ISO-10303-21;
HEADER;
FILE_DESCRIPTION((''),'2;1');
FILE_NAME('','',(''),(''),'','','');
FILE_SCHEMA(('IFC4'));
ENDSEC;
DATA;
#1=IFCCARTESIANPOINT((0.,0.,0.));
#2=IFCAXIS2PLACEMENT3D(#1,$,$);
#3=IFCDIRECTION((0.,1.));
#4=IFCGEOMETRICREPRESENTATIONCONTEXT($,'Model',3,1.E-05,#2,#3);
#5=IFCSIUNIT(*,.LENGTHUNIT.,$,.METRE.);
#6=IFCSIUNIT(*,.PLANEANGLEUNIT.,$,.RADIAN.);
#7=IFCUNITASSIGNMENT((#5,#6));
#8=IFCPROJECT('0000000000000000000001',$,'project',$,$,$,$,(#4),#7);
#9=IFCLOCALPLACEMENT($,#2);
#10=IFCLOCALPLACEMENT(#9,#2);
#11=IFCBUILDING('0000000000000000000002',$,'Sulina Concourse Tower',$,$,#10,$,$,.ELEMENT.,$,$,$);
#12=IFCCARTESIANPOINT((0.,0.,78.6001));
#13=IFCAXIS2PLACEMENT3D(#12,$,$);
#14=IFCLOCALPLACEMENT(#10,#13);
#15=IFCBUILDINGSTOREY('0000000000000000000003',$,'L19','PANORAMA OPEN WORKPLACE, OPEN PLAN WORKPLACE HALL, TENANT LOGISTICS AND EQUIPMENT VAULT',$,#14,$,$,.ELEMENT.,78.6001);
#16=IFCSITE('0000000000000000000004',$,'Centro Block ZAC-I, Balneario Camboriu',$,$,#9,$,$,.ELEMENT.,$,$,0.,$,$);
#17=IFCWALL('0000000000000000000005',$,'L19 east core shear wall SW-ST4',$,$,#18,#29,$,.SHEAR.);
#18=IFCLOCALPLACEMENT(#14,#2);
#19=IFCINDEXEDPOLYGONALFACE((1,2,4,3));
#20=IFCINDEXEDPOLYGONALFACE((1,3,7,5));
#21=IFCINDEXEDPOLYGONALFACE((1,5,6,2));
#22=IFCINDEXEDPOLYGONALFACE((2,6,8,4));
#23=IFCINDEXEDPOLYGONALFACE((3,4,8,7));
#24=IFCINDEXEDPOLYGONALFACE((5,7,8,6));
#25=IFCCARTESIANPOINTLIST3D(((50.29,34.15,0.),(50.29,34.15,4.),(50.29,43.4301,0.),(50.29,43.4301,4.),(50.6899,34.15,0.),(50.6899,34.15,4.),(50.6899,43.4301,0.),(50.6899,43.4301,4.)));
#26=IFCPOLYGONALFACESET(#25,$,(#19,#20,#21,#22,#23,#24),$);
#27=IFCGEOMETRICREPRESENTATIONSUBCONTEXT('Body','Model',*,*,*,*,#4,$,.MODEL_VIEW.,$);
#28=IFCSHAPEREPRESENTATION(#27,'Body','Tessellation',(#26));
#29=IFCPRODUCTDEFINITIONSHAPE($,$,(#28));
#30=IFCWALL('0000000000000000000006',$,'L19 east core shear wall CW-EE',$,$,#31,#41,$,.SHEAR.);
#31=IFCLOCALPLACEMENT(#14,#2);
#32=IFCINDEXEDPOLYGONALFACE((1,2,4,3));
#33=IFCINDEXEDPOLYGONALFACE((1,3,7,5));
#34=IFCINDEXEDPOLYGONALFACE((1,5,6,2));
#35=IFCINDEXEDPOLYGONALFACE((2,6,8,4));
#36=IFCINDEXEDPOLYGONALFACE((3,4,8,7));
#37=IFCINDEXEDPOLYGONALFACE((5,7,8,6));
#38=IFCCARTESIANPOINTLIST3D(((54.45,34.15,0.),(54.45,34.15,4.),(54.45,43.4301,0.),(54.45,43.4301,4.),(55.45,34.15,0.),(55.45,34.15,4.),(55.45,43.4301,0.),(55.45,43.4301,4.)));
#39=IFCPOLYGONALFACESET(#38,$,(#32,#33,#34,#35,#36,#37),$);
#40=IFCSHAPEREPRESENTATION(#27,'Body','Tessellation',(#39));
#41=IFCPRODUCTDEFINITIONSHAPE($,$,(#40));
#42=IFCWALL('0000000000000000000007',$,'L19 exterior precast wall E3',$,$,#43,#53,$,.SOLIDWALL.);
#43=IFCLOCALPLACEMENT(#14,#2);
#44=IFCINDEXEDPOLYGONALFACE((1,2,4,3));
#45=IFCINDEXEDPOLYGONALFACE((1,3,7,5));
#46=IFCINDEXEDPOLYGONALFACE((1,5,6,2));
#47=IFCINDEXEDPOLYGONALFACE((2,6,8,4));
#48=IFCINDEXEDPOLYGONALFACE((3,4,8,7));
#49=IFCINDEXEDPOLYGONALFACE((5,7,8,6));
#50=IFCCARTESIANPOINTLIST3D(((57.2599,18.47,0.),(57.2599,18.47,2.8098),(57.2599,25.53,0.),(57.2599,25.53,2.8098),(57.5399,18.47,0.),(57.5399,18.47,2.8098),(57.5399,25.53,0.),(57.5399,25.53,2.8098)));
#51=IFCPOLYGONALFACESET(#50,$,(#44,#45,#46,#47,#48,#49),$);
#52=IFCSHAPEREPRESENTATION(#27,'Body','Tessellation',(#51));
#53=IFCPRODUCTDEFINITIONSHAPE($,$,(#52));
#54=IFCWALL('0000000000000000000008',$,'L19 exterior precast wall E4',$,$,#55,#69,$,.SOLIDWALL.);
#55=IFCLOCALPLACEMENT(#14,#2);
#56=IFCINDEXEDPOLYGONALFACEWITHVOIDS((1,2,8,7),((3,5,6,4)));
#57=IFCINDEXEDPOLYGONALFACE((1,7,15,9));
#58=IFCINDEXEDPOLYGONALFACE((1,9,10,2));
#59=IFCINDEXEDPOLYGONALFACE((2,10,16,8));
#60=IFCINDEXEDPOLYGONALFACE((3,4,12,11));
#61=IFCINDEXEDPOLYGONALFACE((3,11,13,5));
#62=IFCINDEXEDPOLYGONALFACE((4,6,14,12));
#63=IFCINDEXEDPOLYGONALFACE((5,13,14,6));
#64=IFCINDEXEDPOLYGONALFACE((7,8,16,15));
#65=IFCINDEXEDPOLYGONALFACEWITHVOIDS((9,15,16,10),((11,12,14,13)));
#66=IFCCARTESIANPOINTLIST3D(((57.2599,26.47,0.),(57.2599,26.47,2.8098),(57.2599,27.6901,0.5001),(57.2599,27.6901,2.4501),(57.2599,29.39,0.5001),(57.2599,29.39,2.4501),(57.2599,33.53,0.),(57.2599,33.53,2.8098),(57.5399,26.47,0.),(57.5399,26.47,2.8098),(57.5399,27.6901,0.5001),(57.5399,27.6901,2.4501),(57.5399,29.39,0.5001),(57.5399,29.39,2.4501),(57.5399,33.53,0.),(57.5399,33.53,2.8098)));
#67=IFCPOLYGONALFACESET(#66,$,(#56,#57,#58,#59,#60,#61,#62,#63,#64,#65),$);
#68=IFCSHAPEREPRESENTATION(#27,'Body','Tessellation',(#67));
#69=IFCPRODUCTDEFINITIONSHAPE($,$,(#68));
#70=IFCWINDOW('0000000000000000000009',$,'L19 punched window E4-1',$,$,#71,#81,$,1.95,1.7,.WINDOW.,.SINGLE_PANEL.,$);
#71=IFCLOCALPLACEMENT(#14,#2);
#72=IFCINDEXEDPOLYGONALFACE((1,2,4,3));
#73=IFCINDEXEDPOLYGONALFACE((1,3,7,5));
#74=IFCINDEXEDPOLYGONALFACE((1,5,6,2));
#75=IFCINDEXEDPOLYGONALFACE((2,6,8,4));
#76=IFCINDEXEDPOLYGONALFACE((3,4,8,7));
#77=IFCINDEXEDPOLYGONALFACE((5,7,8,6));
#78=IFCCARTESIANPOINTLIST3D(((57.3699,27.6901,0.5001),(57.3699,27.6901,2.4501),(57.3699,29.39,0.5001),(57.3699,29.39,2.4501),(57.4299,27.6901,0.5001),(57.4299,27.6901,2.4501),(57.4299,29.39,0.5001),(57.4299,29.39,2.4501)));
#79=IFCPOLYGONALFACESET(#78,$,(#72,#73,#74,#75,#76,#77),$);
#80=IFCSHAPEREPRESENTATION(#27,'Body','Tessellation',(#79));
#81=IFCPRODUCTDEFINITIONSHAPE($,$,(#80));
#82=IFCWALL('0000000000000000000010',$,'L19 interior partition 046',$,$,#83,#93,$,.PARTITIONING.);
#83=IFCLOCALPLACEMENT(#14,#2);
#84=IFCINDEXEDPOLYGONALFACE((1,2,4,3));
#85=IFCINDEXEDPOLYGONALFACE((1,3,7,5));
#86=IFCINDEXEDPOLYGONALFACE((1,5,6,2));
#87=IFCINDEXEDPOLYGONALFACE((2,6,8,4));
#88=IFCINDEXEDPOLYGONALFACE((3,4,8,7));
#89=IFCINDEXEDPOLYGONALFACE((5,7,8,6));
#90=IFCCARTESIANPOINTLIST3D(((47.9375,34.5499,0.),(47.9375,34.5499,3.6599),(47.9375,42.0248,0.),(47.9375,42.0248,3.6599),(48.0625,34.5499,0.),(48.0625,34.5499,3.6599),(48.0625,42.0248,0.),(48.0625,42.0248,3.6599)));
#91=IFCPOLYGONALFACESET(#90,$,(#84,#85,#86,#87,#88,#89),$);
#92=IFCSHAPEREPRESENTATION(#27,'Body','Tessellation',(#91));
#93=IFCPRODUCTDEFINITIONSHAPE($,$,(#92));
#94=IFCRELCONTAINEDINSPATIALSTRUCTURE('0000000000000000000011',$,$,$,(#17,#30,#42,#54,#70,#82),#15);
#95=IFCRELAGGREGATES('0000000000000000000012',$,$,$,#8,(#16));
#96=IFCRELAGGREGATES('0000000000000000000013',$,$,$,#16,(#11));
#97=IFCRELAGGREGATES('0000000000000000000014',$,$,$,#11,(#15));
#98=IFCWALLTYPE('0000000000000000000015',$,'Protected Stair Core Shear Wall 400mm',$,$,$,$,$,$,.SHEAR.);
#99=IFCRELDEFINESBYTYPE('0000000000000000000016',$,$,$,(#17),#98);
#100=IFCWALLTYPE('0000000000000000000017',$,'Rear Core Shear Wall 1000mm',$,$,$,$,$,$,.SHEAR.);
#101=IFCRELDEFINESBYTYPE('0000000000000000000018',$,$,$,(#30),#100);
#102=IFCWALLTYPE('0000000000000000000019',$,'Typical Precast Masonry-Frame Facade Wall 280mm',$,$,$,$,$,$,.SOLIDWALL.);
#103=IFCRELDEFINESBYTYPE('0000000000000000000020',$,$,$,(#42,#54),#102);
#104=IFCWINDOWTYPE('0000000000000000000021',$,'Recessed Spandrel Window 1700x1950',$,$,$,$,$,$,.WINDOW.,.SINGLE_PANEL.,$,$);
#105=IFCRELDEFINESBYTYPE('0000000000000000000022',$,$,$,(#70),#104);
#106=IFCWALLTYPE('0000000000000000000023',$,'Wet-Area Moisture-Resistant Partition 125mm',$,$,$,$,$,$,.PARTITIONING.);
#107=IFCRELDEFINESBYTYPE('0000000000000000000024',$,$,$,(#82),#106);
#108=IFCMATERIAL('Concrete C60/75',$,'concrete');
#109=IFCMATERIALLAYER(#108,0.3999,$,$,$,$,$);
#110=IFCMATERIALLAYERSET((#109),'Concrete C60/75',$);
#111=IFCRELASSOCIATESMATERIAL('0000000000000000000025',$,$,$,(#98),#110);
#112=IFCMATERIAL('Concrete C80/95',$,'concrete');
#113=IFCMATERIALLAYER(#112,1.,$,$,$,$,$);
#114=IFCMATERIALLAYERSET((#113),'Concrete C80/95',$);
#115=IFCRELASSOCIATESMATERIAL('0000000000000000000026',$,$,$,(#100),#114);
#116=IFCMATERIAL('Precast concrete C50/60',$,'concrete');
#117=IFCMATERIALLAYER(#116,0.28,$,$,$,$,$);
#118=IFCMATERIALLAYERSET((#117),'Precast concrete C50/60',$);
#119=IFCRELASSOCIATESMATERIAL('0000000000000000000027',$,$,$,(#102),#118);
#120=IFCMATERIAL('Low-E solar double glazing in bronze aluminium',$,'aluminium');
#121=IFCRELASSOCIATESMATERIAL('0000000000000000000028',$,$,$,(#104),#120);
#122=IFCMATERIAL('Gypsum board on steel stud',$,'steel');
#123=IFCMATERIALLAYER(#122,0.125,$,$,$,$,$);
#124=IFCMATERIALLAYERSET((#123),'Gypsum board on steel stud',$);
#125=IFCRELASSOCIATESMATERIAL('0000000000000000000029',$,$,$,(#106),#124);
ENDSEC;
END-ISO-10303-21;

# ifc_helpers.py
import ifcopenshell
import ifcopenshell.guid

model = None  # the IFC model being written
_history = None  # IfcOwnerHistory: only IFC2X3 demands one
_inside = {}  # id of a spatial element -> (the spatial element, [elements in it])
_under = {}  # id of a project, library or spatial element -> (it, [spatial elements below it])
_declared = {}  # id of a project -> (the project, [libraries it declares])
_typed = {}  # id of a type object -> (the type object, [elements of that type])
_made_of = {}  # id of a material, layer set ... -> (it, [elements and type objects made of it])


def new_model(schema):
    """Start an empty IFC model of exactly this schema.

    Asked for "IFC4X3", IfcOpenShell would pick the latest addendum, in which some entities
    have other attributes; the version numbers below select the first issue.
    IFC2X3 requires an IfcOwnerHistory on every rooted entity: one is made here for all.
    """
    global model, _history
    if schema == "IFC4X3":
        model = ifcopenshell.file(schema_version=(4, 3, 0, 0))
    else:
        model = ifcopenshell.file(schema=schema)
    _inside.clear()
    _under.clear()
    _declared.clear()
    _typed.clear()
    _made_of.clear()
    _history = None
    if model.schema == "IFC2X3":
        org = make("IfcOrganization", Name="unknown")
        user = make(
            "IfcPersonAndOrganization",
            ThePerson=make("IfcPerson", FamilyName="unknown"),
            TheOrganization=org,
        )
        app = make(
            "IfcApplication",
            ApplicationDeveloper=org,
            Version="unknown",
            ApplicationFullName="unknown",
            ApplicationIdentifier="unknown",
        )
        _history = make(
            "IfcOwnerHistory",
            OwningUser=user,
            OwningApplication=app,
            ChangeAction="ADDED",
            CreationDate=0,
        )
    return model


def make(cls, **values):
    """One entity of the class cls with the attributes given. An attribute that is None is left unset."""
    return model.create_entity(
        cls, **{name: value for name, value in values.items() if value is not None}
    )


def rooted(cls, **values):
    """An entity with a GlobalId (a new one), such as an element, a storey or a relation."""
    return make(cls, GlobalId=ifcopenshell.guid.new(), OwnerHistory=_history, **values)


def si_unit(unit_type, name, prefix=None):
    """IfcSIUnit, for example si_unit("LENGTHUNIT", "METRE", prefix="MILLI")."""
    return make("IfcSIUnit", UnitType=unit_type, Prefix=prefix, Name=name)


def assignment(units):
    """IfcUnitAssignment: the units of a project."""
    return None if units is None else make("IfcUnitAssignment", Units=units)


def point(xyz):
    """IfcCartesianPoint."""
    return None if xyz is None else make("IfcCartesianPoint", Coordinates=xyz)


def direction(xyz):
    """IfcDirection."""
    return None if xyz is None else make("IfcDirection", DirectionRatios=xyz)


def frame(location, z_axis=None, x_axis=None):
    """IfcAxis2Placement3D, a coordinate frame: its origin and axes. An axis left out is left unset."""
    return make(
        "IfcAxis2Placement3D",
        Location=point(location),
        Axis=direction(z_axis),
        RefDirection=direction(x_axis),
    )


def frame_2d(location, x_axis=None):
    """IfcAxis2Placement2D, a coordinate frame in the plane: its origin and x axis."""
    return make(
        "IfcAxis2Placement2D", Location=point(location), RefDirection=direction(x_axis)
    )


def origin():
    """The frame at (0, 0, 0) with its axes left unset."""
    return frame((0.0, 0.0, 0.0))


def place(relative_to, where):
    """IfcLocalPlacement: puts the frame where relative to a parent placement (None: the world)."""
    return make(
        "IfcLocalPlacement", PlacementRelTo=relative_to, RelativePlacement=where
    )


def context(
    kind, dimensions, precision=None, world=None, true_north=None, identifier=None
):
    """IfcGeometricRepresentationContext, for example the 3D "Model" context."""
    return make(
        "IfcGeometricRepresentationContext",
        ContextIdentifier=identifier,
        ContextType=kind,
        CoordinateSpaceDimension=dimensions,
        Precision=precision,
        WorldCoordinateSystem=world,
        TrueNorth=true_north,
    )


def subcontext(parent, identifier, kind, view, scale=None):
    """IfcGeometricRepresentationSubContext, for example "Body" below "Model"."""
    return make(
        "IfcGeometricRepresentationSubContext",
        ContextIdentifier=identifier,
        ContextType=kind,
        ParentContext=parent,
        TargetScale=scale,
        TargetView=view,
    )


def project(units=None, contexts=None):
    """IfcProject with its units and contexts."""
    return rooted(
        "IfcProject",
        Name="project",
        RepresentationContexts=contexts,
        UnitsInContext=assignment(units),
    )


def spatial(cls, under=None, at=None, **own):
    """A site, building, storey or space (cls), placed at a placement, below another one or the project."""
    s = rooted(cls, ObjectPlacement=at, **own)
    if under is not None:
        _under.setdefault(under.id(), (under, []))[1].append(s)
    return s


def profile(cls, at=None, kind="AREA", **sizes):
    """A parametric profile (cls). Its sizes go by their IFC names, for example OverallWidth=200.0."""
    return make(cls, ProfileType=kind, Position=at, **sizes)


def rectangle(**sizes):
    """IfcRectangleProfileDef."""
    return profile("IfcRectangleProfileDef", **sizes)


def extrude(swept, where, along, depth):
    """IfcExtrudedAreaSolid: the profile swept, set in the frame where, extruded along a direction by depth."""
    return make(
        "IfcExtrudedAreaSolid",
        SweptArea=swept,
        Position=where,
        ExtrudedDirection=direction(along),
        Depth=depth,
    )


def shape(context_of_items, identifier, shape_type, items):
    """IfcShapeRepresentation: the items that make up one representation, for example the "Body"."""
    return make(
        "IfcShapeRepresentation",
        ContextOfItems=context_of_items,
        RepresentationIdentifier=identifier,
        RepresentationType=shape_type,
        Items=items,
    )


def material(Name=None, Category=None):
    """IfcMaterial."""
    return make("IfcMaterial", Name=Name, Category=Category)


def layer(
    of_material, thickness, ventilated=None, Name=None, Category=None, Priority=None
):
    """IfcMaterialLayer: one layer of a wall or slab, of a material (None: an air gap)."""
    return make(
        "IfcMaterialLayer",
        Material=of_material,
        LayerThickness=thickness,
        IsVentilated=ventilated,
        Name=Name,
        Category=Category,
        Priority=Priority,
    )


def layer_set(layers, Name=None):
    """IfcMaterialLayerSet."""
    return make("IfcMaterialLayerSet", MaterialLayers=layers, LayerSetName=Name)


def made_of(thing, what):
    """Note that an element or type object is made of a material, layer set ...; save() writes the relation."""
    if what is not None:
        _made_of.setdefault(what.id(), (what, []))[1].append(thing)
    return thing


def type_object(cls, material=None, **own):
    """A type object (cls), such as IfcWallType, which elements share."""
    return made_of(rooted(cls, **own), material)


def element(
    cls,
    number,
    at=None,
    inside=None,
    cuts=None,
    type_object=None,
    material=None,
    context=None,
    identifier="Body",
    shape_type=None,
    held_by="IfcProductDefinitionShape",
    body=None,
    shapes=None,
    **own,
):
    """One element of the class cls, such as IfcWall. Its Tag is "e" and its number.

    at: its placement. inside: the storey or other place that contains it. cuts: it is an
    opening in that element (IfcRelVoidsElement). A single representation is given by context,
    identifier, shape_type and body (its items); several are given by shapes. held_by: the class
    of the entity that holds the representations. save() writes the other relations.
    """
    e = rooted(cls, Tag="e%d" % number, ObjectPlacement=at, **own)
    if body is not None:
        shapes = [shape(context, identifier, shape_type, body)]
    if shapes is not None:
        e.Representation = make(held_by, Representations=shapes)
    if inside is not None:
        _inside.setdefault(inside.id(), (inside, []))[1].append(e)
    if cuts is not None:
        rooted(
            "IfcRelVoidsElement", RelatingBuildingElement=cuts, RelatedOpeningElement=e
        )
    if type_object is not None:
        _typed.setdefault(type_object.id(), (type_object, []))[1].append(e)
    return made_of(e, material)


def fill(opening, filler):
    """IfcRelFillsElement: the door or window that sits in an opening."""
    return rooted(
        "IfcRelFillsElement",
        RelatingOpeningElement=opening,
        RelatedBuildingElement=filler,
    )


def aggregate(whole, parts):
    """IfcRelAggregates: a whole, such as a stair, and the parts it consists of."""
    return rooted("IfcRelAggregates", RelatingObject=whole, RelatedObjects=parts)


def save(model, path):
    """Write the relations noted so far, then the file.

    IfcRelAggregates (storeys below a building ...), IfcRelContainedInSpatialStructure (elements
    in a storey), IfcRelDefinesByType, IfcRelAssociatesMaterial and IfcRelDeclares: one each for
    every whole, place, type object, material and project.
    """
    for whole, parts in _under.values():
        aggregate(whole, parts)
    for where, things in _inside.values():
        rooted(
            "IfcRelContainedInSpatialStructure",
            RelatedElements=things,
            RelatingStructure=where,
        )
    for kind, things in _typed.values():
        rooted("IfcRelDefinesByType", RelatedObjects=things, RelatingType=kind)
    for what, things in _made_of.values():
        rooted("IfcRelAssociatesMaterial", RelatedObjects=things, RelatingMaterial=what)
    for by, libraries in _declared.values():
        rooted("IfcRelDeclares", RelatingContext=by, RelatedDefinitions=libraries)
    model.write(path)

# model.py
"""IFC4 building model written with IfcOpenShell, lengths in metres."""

from ifc_helpers import new_model, si_unit, direction, frame, frame_2d, origin, place, context, subcontext, project, spatial, rectangle, extrude, material, layer, layer_set, type_object, element, fill, save


model = new_model("IFC4")

# Units and contexts
model_context = context("Model", 3, precision=1e-05, world=origin(), true_north=direction((0.0, 1.0)))
body_context = subcontext(model_context, "Body", "Model", "MODEL_VIEW")
ifc_project = project(units=[si_unit("LENGTHUNIT", "METRE"), si_unit("PLANEANGLEUNIT", "RADIAN")], contexts=[model_context])

# Site, building, storey
site_placement = place(None, origin())
site = spatial("IfcSite", under=ifc_project, at=site_placement, Name="Centro Block ZAC-I, Balneario Camboriu", CompositionType="ELEMENT", RefElevation=0.0)
building_placement = place(site_placement, origin())
building = spatial("IfcBuilding", under=site, at=building_placement, Name="Sulina Concourse Tower", CompositionType="ELEMENT")
storey_placement = place(building_placement, frame((0.0, 0.0, 78.6001)))
storey = spatial("IfcBuildingStorey", under=building, at=storey_placement, Name="L19", Description="PANORAMA OPEN WORKPLACE, OPEN PLAN WORKPLACE HALL, TENANT LOGISTICS AND EQUIPMENT VAULT", CompositionType="ELEMENT", Elevation=78.6001)

# Shared definitions
ifc_material_1 = material(Name="Concrete C60/75", Category="concrete")
ifc_layer_1 = layer(ifc_material_1, 0.3999)
ifc_layer_set_1 = layer_set([ifc_layer_1], Name="Concrete C60/75")
wall_type_1 = type_object("IfcWallType", Name="Protected Stair Core Shear Wall 400mm", PredefinedType="SHEAR", material=ifc_layer_set_1)

# Walls
wall_1_placement = place(storey_placement, frame((50.49, 34.1499, 0.0), z_axis=(0.0, 0.0, 1.0), x_axis=(0.0, 1.0, 0.0)))
element("IfcWall", 1, at=wall_1_placement, inside=storey, type_object=wall_type_1, Name="L19 east core shear wall SW-ST4", PredefinedType="SHEAR", context=body_context, shape_type="SweptSolid", body=[
    extrude(rectangle(XDim=9.28, YDim=0.3999, at=frame_2d((4.6401, 0.0))), origin(), (0.0, 0.0, 1.0), 4.0),
])
ifc_material_2 = material(Name="Concrete C80/95", Category="concrete")
ifc_layer_2 = layer(ifc_material_2, 1.0)
ifc_layer_set_2 = layer_set([ifc_layer_2], Name="Concrete C80/95")
wall_type_2 = type_object("IfcWallType", Name="Rear Core Shear Wall 1000mm", PredefinedType="SHEAR", material=ifc_layer_set_2)
wall_2_placement = place(storey_placement, frame((54.95, 34.1499, 0.0), z_axis=(0.0, 0.0, 1.0), x_axis=(0.0, 1.0, 0.0)))
element("IfcWall", 2, at=wall_2_placement, inside=storey, type_object=wall_type_2, Name="L19 east core shear wall CW-EE", PredefinedType="SHEAR", context=body_context, shape_type="SweptSolid", body=[
    extrude(rectangle(XDim=9.28, YDim=1.0, at=frame_2d((4.6401, 0.0))), origin(), (0.0, 0.0, 1.0), 4.0),
])
ifc_material_3 = material(Name="Precast concrete C50/60", Category="concrete")
ifc_layer_3 = layer(ifc_material_3, 0.28)
ifc_layer_set_3 = layer_set([ifc_layer_3], Name="Precast concrete C50/60")
wall_type_3 = type_object("IfcWallType", Name="Typical Precast Masonry-Frame Facade Wall 280mm", PredefinedType="SOLIDWALL", material=ifc_layer_set_3)
wall_3_placement = place(storey_placement, frame((57.3999, 25.53, 0.0), z_axis=(0.0, 0.0, 1.0), x_axis=(0.0, -1.0, 0.0)))
element("IfcWall", 3, at=wall_3_placement, inside=storey, type_object=wall_type_3, Name="L19 exterior precast wall E3", PredefinedType="SOLIDWALL", context=body_context, shape_type="SweptSolid", body=[
    extrude(rectangle(XDim=7.0601, YDim=0.28, at=frame_2d((3.53, 0.0))), origin(), (0.0, 0.0, 1.0), 2.8098),
])

# Wall, opening, window
wall_4_placement = place(storey_placement, frame((57.3999, 33.53, 0.0), z_axis=(0.0, 0.0, 1.0), x_axis=(0.0, -1.0, 0.0)))
wall_4 = element("IfcWall", 4, at=wall_4_placement, inside=storey, type_object=wall_type_3, Name="L19 exterior precast wall E4", PredefinedType="SOLIDWALL", context=body_context, shape_type="SweptSolid", body=[
    extrude(rectangle(XDim=7.0601, YDim=0.28, at=frame_2d((3.53, 0.0))), origin(), (0.0, 0.0, 1.0), 2.8098),
])
opening_1_placement = place(wall_4_placement, frame((4.1399, 0.0, 0.5)))
opening_1 = element("IfcOpeningElement", 5, at=opening_1_placement, cuts=wall_4, PredefinedType="OPENING", context=body_context, shape_type="SweptSolid", body=[
    extrude(rectangle(XDim=1.7, YDim=1.95, at=frame_2d((0.8501, 0.9751))), frame((0.0, 0.1499, 0.0), z_axis=(0.0, -1.0, 0.0), x_axis=(1.0, 0.0, 0.0)), (0.0, 0.0, 1.0), 0.3),
])
ifc_material_4 = material(Name="Low-E solar double glazing in bronze aluminium", Category="aluminium")
window_type = type_object("IfcWindowType", Name="Recessed Spandrel Window 1700x1950", PartitioningType="SINGLE_PANEL", PredefinedType="WINDOW", material=ifc_material_4)
window_placement = place(opening_1_placement, origin())
window = element("IfcWindow", 6, at=window_placement, inside=storey, type_object=window_type, Name="L19 punched window E4-1", OverallHeight=1.95, OverallWidth=1.7, PartitioningType="SINGLE_PANEL", PredefinedType="WINDOW", context=body_context, shape_type="SweptSolid", body=[
    extrude(rectangle(XDim=1.7, YDim=1.95, at=frame_2d((0.8501, 0.9751))), frame((0.0, 0.03, 0.0), z_axis=(0.0, -1.0, 0.0), x_axis=(1.0, 0.0, 0.0)), (0.0, 0.0, 1.0), 0.0601),
])
fill(opening_1, window)

# Wall
ifc_material_5 = material(Name="Gypsum board on steel stud", Category="steel")
ifc_layer_4 = layer(ifc_material_5, 0.125)
ifc_layer_set_4 = layer_set([ifc_layer_4], Name="Gypsum board on steel stud")
wall_type_4 = type_object("IfcWallType", Name="Wet-Area Moisture-Resistant Partition 125mm", PredefinedType="PARTITIONING", material=ifc_layer_set_4)
wall_5_placement = place(storey_placement, frame((48.0, 34.55, 0.0), z_axis=(0.0, 0.0, 1.0), x_axis=(0.0, 1.0, 0.0)))
element("IfcWall", 7, at=wall_5_placement, inside=storey, type_object=wall_type_4, Name="L19 interior partition 046", PredefinedType="PARTITIONING", context=body_context, shape_type="SweptSolid", body=[
    extrude(rectangle(XDim=7.4749, YDim=0.125, at=frame_2d((3.7373, 0.0))), origin(), (0.0, 0.0, 1.0), 3.6599),
])

save(model, "model.ifc")
